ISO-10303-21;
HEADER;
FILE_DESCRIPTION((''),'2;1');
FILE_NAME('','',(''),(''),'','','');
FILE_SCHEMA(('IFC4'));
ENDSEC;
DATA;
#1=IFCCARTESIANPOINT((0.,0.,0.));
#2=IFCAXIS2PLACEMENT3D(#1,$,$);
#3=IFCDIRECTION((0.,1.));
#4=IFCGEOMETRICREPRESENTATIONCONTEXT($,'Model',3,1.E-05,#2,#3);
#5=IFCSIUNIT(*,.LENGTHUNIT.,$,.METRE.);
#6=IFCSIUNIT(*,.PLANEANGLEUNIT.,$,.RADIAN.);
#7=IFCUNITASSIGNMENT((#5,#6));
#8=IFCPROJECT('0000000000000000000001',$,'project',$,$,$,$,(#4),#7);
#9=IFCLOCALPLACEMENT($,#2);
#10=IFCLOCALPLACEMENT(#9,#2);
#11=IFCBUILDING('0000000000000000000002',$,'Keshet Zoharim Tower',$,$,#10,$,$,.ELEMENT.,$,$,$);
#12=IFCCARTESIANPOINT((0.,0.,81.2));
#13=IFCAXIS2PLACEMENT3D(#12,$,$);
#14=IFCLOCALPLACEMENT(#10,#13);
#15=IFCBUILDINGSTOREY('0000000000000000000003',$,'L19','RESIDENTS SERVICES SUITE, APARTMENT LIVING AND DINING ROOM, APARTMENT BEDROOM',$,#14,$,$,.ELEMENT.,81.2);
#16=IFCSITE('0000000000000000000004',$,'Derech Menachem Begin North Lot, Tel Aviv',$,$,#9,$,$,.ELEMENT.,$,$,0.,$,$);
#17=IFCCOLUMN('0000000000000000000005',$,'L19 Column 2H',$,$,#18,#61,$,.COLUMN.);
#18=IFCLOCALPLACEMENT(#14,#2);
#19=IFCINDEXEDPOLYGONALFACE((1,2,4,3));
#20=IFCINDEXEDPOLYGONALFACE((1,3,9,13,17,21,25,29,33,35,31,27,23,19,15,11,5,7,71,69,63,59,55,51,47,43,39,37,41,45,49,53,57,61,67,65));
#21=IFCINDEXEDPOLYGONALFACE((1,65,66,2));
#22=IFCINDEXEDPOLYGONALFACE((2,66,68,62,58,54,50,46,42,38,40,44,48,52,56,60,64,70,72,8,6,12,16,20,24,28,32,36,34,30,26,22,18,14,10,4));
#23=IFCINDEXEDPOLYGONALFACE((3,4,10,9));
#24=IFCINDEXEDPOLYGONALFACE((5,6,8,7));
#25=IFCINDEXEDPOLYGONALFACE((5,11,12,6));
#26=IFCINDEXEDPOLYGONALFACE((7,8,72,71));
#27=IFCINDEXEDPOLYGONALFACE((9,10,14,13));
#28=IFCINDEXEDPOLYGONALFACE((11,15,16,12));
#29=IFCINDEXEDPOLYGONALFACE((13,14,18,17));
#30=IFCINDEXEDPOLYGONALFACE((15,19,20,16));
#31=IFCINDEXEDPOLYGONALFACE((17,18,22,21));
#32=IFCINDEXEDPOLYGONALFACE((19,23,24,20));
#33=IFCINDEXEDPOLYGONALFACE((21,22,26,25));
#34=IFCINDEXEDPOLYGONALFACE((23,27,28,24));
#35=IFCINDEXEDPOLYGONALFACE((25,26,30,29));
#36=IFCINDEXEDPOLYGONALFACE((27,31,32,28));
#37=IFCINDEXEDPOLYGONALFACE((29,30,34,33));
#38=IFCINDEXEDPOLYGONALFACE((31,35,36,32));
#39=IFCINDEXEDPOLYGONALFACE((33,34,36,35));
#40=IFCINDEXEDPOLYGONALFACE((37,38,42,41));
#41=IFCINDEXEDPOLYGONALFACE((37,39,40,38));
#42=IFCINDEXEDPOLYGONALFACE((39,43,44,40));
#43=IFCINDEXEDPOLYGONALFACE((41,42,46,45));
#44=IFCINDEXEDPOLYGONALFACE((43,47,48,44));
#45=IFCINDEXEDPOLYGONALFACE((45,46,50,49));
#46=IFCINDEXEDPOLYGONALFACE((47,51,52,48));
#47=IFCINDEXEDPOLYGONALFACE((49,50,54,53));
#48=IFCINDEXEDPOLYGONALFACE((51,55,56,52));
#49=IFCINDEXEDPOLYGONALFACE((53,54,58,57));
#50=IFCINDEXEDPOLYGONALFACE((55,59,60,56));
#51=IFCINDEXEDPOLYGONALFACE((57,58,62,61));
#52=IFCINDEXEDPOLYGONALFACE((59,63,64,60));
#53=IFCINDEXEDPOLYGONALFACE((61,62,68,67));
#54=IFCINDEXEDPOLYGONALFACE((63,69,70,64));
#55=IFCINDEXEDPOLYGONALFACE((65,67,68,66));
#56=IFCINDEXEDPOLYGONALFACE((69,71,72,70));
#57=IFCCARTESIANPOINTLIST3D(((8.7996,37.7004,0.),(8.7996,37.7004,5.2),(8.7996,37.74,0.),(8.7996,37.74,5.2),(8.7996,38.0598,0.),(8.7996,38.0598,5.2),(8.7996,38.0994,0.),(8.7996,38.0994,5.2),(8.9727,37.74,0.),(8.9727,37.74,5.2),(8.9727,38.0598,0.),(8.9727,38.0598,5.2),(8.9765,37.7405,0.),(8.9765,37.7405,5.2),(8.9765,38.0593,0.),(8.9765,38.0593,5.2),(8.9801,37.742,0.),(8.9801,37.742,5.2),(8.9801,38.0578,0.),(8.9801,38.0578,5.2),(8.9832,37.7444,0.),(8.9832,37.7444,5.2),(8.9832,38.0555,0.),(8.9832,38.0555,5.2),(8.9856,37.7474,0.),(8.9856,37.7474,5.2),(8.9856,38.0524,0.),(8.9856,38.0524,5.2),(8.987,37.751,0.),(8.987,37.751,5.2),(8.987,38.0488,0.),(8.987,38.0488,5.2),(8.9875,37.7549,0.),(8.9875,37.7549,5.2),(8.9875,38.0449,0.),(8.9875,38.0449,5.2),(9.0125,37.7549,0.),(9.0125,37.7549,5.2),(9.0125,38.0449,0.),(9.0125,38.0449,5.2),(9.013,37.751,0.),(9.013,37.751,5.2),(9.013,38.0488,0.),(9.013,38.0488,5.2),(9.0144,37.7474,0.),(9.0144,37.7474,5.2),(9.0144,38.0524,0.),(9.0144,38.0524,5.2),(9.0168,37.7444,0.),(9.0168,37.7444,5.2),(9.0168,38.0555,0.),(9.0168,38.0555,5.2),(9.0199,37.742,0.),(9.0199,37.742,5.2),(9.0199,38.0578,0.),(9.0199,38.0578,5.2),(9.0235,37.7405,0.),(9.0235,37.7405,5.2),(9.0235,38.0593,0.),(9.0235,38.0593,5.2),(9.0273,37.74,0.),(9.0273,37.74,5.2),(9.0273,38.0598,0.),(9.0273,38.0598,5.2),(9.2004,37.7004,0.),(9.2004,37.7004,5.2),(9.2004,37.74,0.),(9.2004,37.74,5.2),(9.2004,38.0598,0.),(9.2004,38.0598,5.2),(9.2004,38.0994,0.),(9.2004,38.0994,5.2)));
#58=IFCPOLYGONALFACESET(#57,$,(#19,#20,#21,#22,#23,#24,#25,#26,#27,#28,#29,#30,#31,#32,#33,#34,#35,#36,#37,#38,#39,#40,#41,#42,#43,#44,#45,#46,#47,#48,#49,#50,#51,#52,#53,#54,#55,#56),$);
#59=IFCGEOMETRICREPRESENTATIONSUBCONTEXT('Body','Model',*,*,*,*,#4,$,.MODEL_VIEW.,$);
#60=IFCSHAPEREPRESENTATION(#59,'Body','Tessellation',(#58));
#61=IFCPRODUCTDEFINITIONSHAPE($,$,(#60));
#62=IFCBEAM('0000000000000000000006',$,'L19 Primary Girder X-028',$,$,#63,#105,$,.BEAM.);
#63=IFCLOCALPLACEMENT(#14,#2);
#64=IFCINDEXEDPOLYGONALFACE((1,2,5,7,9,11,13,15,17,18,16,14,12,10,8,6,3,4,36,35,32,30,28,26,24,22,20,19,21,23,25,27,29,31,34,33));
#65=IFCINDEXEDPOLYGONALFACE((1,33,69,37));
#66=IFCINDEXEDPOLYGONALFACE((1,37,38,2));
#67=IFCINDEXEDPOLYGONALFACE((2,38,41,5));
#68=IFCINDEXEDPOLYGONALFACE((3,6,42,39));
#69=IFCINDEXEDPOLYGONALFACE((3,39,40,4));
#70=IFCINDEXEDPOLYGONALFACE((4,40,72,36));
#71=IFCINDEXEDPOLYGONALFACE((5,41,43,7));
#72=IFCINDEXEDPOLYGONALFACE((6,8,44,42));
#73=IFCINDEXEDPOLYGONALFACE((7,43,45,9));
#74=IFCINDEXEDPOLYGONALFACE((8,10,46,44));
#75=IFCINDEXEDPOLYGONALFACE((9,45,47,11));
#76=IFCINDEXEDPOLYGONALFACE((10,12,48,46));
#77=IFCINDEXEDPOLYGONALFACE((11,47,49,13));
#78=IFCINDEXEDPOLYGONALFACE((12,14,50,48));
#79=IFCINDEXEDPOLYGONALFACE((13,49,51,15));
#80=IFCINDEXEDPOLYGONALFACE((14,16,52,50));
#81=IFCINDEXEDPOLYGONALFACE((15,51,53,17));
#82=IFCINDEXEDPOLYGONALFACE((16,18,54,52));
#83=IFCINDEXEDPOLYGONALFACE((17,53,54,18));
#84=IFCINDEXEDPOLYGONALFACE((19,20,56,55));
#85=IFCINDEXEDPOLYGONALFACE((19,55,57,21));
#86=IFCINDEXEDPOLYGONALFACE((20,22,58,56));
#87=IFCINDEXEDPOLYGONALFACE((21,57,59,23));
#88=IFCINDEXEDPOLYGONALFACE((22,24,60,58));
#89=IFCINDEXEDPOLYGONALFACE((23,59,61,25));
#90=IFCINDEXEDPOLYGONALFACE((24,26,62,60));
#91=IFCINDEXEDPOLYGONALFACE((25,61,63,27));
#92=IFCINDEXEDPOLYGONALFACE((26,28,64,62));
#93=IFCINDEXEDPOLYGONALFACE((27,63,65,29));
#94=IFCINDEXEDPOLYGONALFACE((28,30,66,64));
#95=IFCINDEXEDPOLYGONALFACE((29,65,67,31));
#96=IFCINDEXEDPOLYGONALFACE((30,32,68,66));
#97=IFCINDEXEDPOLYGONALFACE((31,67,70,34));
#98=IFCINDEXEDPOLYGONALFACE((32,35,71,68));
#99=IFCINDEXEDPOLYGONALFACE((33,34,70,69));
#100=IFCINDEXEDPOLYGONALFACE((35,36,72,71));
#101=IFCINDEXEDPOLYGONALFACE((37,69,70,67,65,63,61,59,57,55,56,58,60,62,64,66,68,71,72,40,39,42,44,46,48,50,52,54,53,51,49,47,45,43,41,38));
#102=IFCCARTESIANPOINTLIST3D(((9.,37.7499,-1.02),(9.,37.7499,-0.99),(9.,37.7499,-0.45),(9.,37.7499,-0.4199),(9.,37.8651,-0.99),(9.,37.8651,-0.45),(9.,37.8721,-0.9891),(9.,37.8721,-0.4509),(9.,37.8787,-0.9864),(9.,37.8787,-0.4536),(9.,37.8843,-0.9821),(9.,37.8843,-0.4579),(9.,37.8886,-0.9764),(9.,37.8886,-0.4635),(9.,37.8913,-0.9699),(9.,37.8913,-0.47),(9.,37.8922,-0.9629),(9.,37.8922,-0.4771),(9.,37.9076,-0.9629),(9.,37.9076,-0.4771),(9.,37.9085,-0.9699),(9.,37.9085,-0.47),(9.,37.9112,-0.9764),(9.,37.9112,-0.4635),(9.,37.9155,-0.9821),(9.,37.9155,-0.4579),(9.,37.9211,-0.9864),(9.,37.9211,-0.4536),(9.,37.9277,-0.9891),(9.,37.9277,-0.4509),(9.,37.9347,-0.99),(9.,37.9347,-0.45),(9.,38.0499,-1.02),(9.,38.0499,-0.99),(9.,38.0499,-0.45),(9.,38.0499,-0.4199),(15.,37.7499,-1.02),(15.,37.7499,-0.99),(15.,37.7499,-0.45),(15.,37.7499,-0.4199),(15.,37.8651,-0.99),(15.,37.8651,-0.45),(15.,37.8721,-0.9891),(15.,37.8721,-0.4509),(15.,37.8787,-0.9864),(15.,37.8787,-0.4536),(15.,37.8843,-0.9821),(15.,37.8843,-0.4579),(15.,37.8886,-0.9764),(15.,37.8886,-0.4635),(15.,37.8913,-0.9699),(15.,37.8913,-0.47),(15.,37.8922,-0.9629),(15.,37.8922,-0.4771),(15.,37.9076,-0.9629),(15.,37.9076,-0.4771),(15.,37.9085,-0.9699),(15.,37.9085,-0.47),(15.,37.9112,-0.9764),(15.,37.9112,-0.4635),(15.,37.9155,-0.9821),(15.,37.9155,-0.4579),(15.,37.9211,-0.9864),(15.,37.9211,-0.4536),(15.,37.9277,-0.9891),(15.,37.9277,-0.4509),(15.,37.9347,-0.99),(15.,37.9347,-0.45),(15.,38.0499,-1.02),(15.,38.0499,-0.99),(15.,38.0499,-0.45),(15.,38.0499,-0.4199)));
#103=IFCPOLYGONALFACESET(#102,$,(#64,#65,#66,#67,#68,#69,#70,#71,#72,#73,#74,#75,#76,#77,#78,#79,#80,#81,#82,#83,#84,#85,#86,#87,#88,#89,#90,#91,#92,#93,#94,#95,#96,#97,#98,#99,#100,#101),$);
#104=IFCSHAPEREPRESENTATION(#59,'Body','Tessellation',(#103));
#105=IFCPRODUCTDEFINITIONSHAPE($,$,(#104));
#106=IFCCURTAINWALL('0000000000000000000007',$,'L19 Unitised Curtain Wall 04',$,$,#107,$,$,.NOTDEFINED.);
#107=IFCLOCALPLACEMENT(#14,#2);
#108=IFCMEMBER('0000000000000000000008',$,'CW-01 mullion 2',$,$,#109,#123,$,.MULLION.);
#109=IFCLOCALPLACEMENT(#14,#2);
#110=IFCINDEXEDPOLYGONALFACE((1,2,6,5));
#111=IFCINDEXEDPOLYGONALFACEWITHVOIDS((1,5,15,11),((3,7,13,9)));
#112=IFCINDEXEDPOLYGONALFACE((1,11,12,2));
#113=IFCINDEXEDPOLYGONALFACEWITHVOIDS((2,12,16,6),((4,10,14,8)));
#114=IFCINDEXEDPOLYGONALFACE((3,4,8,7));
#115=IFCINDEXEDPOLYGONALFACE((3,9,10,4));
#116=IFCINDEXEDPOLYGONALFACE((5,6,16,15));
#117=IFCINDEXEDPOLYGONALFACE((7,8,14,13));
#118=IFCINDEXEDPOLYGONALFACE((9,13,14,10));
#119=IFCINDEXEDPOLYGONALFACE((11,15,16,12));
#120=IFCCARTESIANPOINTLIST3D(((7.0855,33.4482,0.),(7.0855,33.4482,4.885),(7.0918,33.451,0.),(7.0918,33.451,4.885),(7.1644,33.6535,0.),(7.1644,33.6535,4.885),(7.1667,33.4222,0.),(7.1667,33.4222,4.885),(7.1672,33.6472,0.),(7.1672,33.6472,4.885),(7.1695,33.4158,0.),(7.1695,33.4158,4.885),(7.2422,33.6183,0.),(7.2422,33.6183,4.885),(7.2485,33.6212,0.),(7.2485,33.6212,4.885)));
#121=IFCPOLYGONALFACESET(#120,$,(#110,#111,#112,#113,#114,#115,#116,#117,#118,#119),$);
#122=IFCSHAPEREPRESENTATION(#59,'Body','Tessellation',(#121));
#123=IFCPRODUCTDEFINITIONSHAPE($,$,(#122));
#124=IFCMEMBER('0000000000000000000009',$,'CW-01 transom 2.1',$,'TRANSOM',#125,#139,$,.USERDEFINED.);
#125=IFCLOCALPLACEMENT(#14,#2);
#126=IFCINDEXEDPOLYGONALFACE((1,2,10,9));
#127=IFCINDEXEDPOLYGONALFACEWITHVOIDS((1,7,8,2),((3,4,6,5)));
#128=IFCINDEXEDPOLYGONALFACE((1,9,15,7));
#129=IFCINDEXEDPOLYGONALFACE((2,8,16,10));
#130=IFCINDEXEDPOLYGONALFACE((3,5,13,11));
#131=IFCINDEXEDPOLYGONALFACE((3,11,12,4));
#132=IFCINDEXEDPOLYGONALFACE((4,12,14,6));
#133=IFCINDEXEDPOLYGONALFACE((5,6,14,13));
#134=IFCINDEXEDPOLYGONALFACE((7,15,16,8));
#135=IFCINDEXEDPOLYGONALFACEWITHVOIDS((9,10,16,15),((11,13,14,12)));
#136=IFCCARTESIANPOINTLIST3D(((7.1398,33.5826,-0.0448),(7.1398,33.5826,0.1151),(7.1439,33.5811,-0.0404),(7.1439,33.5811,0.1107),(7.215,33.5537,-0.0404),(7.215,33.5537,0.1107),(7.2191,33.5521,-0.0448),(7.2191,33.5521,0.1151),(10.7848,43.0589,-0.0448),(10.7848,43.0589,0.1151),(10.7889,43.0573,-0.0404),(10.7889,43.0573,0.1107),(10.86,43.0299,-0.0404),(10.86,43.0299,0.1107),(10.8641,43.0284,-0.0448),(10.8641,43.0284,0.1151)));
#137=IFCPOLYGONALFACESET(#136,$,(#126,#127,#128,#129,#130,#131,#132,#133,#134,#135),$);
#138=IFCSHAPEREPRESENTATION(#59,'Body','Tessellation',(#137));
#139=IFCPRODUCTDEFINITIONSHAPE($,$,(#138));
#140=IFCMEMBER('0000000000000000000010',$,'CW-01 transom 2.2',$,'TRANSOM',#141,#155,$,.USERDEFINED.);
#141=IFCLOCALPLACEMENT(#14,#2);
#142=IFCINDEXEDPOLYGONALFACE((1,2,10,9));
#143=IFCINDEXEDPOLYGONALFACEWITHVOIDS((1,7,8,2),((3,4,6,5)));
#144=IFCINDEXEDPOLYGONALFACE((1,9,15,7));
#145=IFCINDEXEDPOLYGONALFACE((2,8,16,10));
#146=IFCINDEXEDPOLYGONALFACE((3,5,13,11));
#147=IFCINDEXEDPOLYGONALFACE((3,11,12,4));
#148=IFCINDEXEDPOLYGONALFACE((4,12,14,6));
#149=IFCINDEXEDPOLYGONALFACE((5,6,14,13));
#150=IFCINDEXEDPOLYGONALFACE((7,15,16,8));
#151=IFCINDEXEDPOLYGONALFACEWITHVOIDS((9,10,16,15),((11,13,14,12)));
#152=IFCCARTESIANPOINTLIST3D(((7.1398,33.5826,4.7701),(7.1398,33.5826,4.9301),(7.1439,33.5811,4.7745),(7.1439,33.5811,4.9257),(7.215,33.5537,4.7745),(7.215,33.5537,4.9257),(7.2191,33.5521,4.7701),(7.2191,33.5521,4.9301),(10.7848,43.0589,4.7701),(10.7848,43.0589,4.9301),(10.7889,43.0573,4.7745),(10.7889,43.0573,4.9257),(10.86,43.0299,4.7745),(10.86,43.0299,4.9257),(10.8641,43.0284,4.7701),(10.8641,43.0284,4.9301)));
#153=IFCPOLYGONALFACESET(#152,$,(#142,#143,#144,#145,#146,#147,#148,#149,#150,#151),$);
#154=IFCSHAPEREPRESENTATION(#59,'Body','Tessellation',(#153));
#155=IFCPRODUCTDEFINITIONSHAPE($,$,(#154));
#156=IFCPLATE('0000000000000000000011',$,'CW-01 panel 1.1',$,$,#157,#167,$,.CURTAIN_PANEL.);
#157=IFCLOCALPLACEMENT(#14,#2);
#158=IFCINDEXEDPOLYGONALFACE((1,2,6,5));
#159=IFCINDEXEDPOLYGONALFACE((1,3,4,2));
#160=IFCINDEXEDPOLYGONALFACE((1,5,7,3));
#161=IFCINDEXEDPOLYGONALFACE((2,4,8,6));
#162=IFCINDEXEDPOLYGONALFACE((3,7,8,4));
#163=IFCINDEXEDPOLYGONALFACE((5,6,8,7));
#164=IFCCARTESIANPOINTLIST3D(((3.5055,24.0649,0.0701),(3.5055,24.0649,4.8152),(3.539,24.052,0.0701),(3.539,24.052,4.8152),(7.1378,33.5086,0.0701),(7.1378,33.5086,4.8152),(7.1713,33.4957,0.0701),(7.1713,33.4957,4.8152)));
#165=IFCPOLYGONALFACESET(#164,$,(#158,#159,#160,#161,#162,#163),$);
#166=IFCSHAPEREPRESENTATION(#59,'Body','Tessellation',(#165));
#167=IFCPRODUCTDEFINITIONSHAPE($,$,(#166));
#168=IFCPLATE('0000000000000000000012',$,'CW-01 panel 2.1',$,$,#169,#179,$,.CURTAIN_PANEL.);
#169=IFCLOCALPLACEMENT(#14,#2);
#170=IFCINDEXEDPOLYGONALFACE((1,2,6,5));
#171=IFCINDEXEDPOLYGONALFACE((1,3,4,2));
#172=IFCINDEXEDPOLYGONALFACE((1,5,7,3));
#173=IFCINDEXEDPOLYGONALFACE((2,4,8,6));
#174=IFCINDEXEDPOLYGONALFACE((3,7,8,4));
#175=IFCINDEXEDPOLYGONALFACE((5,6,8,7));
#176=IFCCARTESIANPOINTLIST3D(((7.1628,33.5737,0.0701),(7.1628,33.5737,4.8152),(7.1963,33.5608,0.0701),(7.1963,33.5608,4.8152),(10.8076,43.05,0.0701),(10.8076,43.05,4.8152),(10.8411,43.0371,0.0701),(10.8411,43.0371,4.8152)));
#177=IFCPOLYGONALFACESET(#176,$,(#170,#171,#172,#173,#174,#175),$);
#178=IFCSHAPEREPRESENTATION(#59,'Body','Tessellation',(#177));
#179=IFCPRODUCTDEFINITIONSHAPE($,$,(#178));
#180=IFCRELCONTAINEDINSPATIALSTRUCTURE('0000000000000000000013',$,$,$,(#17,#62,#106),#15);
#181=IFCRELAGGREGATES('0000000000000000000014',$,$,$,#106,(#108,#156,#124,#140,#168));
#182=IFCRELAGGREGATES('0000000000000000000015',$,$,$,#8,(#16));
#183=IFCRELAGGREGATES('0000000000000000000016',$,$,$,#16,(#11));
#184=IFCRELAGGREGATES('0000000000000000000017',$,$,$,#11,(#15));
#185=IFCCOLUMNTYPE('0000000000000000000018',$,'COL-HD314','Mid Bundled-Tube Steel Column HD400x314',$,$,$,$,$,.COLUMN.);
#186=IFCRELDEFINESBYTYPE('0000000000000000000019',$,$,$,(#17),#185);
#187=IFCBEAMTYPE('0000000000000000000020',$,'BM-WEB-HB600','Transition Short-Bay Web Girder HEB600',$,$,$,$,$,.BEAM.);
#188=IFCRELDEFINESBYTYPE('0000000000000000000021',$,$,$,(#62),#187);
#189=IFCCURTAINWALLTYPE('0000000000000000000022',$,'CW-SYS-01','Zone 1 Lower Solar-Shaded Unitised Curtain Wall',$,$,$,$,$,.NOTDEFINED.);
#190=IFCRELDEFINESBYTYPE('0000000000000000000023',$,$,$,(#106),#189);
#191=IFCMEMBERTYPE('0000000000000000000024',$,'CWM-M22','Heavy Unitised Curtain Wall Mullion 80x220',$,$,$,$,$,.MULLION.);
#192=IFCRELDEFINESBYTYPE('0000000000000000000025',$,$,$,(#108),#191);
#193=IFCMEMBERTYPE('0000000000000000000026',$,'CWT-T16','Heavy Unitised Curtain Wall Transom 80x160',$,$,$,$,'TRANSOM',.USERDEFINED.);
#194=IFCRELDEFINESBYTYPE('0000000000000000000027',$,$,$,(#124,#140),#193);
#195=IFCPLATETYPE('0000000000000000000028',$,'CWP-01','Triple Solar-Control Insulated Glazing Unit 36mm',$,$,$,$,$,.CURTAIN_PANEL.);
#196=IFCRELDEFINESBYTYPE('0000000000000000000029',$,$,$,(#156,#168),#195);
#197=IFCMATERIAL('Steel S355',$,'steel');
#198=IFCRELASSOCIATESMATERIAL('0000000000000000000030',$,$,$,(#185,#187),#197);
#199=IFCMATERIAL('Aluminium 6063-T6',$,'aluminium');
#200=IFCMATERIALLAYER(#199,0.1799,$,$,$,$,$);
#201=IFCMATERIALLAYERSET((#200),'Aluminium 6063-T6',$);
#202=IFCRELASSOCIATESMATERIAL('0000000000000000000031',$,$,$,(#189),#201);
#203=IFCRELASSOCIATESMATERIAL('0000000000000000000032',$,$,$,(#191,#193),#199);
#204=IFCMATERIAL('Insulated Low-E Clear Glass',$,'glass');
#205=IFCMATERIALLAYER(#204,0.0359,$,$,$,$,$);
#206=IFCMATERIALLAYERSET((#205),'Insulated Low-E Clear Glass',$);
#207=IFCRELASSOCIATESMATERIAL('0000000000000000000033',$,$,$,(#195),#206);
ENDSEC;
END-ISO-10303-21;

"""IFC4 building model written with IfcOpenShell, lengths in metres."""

from ifc_helpers import new_model, si_unit, direction, frame, origin, origin_2d, place, context, subcontext, project, spatial, rectangle, hollow_rectangle, i_section, extrude, material, layer, layer_set, material_profile, profile_set, type_object, element, aggregate, save


model = new_model("IFC4")

# Units and contexts
model_context = context("Model", 3, precision=1e-05, world=origin(), true_north=direction((0.0, 1.0)))
body_context = subcontext(model_context, "Body", "Model", "MODEL_VIEW")
ifc_project = project(units=[si_unit("LENGTHUNIT", "METRE"), si_unit("PLANEANGLEUNIT", "RADIAN")], contexts=[model_context])

# Site, building, storey
site_placement = place(None, origin())
site = spatial("IfcSite", under=ifc_project, at=site_placement, Name="Derech Menachem Begin North Lot, Tel Aviv", CompositionType="ELEMENT", RefElevation=0.0)
building_placement = place(site_placement, origin())
building = spatial("IfcBuilding", under=site, at=building_placement, Name="Keshet Zoharim Tower", CompositionType="ELEMENT")
storey_placement = place(building_placement, frame((0.0, 0.0, 81.2)))
storey = spatial("IfcBuildingStorey", under=building, at=storey_placement, Name="L19", Description="RESIDENTS SERVICES SUITE, APARTMENT LIVING AND DINING ROOM, APARTMENT BEDROOM", CompositionType="ELEMENT", Elevation=81.2)

# Column
ifc_material_1 = material(Name="Steel S355", Category="steel")
ifc_material_profile_1 = material_profile(ifc_material_1, i_section(OverallWidth=0.4009, OverallDepth=0.3989, WebThickness=0.0249, FlangeThickness=0.0396, FilletRadius=0.0149, at=origin_2d()), Name="HD400x314")
ifc_profile_set_1 = profile_set([ifc_material_profile_1], Name="Steel S355")
column_type = type_object("IfcColumnType", Name="COL-HD314", Description="Mid Bundled-Tube Steel Column HD400x314", PredefinedType="COLUMN", material=ifc_profile_set_1)
column_placement = place(storey_placement, frame((9.0, 37.8999, 0.0), z_axis=(0.0, 0.0, 1.0), x_axis=(1.0, 0.0, 0.0)))
element("IfcColumn", 1, at=column_placement, inside=storey, type_object=column_type, Name="L19 Column 2H", PredefinedType="COLUMN", context=body_context, shape_type="SweptSolid", body=[
    extrude(i_section(OverallWidth=0.4009, OverallDepth=0.3989, WebThickness=0.0249, FlangeThickness=0.0396, FilletRadius=0.0149, at=origin_2d()), origin(), (0.0, 0.0, 1.0), 5.2),
])

# Beam
ifc_material_profile_2 = material_profile(ifc_material_1, i_section(OverallWidth=0.3, OverallDepth=0.6001, WebThickness=0.0154, FlangeThickness=0.03, FilletRadius=0.0271, at=origin_2d()), Name="HEB600")
ifc_profile_set_2 = profile_set([ifc_material_profile_2], Name="Steel S355")
beam_type = type_object("IfcBeamType", Name="BM-WEB-HB600", Description="Transition Short-Bay Web Girder HEB600", PredefinedType="BEAM", material=ifc_profile_set_2)
beam_placement = place(storey_placement, frame((9.0, 37.8999, -0.72), z_axis=(1.0, 0.0, 0.0), x_axis=(0.0, 1.0, 0.0)))
element("IfcBeam", 2, at=beam_placement, inside=storey, type_object=beam_type, Name="L19 Primary Girder X-028", PredefinedType="BEAM", context=body_context, shape_type="SweptSolid", body=[
    extrude(i_section(OverallWidth=0.3, OverallDepth=0.6001, WebThickness=0.0154, FlangeThickness=0.03, FilletRadius=0.0271, at=origin_2d()), origin(), (0.0, 0.0, 1.0), 6.0),
])

# Curtain wall, members, plates
ifc_material_2 = material(Name="Aluminium 6063-T6", Category="aluminium")
ifc_layer_1 = layer(ifc_material_2, 0.1799)
ifc_layer_set_1 = layer_set([ifc_layer_1], Name="Aluminium 6063-T6")
curtain_wall_type = type_object("IfcCurtainWallType", Name="CW-SYS-01", Description="Zone 1 Lower Solar-Shaded Unitised Curtain Wall", PredefinedType="NOTDEFINED", material=ifc_layer_set_1)
curtain_wall_placement = place(storey_placement, origin())
curtain_wall = element("IfcCurtainWall", 3, at=curtain_wall_placement, inside=storey, type_object=curtain_wall_type, Name="L19 Unitised Curtain Wall 04", PredefinedType="NOTDEFINED")
ifc_material_profile_3 = material_profile(ifc_material_2, hollow_rectangle(XDim=0.0901, YDim=0.22, WallThickness=0.0049, at=origin_2d()), Name="MUL-90x220")
ifc_profile_set_3 = profile_set([ifc_material_profile_3], Name="Aluminium 6063-T6")
member_type_1 = type_object("IfcMemberType", Name="CWM-M22", Description="Heavy Unitised Curtain Wall Mullion 80x220", PredefinedType="MULLION", material=ifc_profile_set_3)
member_1_placement = place(storey_placement, frame((7.167, 33.5347, 0.0), z_axis=(0.0, 0.0, 1.0), x_axis=(-0.933341, 0.35899, 0.0)))
member_1 = element("IfcMember", 4, at=member_1_placement, type_object=member_type_1, Name="CW-01 mullion 2", PredefinedType="MULLION", context=body_context, shape_type="SweptSolid", body=[
    extrude(hollow_rectangle(XDim=0.0901, YDim=0.22, WallThickness=0.0049, at=origin_2d()), origin(), (0.0, 0.0, 1.0), 4.885),
])
ifc_material_profile_4 = material_profile(ifc_material_2, hollow_rectangle(XDim=0.085, YDim=0.1599, WallThickness=0.0044, at=origin_2d()), Name="TRN-85x160")
ifc_profile_set_4 = profile_set([ifc_material_profile_4], Name="Aluminium 6063-T6")
member_type_2 = type_object("IfcMemberType", Name="CWT-T16", Description="Heavy Unitised Curtain Wall Transom 80x160", ElementType="TRANSOM", PredefinedType="USERDEFINED", material=ifc_profile_set_4)
member_2_placement = place(storey_placement, frame((7.1794, 33.5674, 0.0352), z_axis=(0.359003, 0.933336, 0.0), x_axis=(-0.933336, 0.359003, 0.0)))
member_2 = element("IfcMember", 5, at=member_2_placement, type_object=member_type_2, Name="CW-01 transom 2.1", ObjectType="TRANSOM", PredefinedType="USERDEFINED", context=body_context, shape_type="SweptSolid", body=[
    extrude(hollow_rectangle(XDim=0.085, YDim=0.1599, WallThickness=0.0044, at=origin_2d()), origin(), (0.0, 0.0, 1.0), 10.1531),
])
member_3_placement = place(storey_placement, frame((7.1794, 33.5674, 4.8501), z_axis=(0.359003, 0.933336, 0.0), x_axis=(-0.933336, 0.359003, 0.0)))
member_3 = element("IfcMember", 6, at=member_3_placement, type_object=member_type_2, Name="CW-01 transom 2.2", ObjectType="TRANSOM", PredefinedType="USERDEFINED", context=body_context, shape_type="SweptSolid", body=[
    extrude(hollow_rectangle(XDim=0.085, YDim=0.1599, WallThickness=0.0044, at=origin_2d()), origin(), (0.0, 0.0, 1.0), 10.1531),
])
ifc_material_3 = material(Name="Insulated Low-E Clear Glass", Category="glass")
ifc_layer_2 = layer(ifc_material_3, 0.0359)
ifc_layer_set_2 = layer_set([ifc_layer_2], Name="Insulated Low-E Clear Glass")
plate_type = type_object("IfcPlateType", Name="CWP-01", Description="Triple Solar-Control Insulated Glazing Unit 36mm", PredefinedType="CURTAIN_PANEL", material=ifc_layer_set_2)
plate_1_placement = place(storey_placement, frame((5.3384, 28.7803, 0.0701), z_axis=(0.0, 0.0, 1.0), x_axis=(0.35899, 0.933341, 0.0)))
plate_1 = element("IfcPlate", 7, at=plate_1_placement, type_object=plate_type, Name="CW-01 panel 1.1", PredefinedType="CURTAIN_PANEL", context=body_context, shape_type="SweptSolid", body=[
    extrude(rectangle(XDim=10.1182, YDim=0.0359, at=origin_2d()), origin(), (0.0, 0.0, 1.0), 4.7451),
])
plate_2_placement = place(storey_placement, frame((9.002, 38.3054, 0.0701), z_axis=(0.0, 0.0, 1.0), x_axis=(0.35899, 0.933341, 0.0)))
plate_2 = element("IfcPlate", 8, at=plate_2_placement, type_object=plate_type, Name="CW-01 panel 2.1", PredefinedType="CURTAIN_PANEL", context=body_context, shape_type="SweptSolid", body=[
    extrude(rectangle(XDim=10.1531, YDim=0.0359, at=origin_2d()), origin(), (0.0, 0.0, 1.0), 4.7451),
])
aggregate(curtain_wall, [member_1, plate_1, member_2, member_3, plate_2])

save(model, "model.ifc")
